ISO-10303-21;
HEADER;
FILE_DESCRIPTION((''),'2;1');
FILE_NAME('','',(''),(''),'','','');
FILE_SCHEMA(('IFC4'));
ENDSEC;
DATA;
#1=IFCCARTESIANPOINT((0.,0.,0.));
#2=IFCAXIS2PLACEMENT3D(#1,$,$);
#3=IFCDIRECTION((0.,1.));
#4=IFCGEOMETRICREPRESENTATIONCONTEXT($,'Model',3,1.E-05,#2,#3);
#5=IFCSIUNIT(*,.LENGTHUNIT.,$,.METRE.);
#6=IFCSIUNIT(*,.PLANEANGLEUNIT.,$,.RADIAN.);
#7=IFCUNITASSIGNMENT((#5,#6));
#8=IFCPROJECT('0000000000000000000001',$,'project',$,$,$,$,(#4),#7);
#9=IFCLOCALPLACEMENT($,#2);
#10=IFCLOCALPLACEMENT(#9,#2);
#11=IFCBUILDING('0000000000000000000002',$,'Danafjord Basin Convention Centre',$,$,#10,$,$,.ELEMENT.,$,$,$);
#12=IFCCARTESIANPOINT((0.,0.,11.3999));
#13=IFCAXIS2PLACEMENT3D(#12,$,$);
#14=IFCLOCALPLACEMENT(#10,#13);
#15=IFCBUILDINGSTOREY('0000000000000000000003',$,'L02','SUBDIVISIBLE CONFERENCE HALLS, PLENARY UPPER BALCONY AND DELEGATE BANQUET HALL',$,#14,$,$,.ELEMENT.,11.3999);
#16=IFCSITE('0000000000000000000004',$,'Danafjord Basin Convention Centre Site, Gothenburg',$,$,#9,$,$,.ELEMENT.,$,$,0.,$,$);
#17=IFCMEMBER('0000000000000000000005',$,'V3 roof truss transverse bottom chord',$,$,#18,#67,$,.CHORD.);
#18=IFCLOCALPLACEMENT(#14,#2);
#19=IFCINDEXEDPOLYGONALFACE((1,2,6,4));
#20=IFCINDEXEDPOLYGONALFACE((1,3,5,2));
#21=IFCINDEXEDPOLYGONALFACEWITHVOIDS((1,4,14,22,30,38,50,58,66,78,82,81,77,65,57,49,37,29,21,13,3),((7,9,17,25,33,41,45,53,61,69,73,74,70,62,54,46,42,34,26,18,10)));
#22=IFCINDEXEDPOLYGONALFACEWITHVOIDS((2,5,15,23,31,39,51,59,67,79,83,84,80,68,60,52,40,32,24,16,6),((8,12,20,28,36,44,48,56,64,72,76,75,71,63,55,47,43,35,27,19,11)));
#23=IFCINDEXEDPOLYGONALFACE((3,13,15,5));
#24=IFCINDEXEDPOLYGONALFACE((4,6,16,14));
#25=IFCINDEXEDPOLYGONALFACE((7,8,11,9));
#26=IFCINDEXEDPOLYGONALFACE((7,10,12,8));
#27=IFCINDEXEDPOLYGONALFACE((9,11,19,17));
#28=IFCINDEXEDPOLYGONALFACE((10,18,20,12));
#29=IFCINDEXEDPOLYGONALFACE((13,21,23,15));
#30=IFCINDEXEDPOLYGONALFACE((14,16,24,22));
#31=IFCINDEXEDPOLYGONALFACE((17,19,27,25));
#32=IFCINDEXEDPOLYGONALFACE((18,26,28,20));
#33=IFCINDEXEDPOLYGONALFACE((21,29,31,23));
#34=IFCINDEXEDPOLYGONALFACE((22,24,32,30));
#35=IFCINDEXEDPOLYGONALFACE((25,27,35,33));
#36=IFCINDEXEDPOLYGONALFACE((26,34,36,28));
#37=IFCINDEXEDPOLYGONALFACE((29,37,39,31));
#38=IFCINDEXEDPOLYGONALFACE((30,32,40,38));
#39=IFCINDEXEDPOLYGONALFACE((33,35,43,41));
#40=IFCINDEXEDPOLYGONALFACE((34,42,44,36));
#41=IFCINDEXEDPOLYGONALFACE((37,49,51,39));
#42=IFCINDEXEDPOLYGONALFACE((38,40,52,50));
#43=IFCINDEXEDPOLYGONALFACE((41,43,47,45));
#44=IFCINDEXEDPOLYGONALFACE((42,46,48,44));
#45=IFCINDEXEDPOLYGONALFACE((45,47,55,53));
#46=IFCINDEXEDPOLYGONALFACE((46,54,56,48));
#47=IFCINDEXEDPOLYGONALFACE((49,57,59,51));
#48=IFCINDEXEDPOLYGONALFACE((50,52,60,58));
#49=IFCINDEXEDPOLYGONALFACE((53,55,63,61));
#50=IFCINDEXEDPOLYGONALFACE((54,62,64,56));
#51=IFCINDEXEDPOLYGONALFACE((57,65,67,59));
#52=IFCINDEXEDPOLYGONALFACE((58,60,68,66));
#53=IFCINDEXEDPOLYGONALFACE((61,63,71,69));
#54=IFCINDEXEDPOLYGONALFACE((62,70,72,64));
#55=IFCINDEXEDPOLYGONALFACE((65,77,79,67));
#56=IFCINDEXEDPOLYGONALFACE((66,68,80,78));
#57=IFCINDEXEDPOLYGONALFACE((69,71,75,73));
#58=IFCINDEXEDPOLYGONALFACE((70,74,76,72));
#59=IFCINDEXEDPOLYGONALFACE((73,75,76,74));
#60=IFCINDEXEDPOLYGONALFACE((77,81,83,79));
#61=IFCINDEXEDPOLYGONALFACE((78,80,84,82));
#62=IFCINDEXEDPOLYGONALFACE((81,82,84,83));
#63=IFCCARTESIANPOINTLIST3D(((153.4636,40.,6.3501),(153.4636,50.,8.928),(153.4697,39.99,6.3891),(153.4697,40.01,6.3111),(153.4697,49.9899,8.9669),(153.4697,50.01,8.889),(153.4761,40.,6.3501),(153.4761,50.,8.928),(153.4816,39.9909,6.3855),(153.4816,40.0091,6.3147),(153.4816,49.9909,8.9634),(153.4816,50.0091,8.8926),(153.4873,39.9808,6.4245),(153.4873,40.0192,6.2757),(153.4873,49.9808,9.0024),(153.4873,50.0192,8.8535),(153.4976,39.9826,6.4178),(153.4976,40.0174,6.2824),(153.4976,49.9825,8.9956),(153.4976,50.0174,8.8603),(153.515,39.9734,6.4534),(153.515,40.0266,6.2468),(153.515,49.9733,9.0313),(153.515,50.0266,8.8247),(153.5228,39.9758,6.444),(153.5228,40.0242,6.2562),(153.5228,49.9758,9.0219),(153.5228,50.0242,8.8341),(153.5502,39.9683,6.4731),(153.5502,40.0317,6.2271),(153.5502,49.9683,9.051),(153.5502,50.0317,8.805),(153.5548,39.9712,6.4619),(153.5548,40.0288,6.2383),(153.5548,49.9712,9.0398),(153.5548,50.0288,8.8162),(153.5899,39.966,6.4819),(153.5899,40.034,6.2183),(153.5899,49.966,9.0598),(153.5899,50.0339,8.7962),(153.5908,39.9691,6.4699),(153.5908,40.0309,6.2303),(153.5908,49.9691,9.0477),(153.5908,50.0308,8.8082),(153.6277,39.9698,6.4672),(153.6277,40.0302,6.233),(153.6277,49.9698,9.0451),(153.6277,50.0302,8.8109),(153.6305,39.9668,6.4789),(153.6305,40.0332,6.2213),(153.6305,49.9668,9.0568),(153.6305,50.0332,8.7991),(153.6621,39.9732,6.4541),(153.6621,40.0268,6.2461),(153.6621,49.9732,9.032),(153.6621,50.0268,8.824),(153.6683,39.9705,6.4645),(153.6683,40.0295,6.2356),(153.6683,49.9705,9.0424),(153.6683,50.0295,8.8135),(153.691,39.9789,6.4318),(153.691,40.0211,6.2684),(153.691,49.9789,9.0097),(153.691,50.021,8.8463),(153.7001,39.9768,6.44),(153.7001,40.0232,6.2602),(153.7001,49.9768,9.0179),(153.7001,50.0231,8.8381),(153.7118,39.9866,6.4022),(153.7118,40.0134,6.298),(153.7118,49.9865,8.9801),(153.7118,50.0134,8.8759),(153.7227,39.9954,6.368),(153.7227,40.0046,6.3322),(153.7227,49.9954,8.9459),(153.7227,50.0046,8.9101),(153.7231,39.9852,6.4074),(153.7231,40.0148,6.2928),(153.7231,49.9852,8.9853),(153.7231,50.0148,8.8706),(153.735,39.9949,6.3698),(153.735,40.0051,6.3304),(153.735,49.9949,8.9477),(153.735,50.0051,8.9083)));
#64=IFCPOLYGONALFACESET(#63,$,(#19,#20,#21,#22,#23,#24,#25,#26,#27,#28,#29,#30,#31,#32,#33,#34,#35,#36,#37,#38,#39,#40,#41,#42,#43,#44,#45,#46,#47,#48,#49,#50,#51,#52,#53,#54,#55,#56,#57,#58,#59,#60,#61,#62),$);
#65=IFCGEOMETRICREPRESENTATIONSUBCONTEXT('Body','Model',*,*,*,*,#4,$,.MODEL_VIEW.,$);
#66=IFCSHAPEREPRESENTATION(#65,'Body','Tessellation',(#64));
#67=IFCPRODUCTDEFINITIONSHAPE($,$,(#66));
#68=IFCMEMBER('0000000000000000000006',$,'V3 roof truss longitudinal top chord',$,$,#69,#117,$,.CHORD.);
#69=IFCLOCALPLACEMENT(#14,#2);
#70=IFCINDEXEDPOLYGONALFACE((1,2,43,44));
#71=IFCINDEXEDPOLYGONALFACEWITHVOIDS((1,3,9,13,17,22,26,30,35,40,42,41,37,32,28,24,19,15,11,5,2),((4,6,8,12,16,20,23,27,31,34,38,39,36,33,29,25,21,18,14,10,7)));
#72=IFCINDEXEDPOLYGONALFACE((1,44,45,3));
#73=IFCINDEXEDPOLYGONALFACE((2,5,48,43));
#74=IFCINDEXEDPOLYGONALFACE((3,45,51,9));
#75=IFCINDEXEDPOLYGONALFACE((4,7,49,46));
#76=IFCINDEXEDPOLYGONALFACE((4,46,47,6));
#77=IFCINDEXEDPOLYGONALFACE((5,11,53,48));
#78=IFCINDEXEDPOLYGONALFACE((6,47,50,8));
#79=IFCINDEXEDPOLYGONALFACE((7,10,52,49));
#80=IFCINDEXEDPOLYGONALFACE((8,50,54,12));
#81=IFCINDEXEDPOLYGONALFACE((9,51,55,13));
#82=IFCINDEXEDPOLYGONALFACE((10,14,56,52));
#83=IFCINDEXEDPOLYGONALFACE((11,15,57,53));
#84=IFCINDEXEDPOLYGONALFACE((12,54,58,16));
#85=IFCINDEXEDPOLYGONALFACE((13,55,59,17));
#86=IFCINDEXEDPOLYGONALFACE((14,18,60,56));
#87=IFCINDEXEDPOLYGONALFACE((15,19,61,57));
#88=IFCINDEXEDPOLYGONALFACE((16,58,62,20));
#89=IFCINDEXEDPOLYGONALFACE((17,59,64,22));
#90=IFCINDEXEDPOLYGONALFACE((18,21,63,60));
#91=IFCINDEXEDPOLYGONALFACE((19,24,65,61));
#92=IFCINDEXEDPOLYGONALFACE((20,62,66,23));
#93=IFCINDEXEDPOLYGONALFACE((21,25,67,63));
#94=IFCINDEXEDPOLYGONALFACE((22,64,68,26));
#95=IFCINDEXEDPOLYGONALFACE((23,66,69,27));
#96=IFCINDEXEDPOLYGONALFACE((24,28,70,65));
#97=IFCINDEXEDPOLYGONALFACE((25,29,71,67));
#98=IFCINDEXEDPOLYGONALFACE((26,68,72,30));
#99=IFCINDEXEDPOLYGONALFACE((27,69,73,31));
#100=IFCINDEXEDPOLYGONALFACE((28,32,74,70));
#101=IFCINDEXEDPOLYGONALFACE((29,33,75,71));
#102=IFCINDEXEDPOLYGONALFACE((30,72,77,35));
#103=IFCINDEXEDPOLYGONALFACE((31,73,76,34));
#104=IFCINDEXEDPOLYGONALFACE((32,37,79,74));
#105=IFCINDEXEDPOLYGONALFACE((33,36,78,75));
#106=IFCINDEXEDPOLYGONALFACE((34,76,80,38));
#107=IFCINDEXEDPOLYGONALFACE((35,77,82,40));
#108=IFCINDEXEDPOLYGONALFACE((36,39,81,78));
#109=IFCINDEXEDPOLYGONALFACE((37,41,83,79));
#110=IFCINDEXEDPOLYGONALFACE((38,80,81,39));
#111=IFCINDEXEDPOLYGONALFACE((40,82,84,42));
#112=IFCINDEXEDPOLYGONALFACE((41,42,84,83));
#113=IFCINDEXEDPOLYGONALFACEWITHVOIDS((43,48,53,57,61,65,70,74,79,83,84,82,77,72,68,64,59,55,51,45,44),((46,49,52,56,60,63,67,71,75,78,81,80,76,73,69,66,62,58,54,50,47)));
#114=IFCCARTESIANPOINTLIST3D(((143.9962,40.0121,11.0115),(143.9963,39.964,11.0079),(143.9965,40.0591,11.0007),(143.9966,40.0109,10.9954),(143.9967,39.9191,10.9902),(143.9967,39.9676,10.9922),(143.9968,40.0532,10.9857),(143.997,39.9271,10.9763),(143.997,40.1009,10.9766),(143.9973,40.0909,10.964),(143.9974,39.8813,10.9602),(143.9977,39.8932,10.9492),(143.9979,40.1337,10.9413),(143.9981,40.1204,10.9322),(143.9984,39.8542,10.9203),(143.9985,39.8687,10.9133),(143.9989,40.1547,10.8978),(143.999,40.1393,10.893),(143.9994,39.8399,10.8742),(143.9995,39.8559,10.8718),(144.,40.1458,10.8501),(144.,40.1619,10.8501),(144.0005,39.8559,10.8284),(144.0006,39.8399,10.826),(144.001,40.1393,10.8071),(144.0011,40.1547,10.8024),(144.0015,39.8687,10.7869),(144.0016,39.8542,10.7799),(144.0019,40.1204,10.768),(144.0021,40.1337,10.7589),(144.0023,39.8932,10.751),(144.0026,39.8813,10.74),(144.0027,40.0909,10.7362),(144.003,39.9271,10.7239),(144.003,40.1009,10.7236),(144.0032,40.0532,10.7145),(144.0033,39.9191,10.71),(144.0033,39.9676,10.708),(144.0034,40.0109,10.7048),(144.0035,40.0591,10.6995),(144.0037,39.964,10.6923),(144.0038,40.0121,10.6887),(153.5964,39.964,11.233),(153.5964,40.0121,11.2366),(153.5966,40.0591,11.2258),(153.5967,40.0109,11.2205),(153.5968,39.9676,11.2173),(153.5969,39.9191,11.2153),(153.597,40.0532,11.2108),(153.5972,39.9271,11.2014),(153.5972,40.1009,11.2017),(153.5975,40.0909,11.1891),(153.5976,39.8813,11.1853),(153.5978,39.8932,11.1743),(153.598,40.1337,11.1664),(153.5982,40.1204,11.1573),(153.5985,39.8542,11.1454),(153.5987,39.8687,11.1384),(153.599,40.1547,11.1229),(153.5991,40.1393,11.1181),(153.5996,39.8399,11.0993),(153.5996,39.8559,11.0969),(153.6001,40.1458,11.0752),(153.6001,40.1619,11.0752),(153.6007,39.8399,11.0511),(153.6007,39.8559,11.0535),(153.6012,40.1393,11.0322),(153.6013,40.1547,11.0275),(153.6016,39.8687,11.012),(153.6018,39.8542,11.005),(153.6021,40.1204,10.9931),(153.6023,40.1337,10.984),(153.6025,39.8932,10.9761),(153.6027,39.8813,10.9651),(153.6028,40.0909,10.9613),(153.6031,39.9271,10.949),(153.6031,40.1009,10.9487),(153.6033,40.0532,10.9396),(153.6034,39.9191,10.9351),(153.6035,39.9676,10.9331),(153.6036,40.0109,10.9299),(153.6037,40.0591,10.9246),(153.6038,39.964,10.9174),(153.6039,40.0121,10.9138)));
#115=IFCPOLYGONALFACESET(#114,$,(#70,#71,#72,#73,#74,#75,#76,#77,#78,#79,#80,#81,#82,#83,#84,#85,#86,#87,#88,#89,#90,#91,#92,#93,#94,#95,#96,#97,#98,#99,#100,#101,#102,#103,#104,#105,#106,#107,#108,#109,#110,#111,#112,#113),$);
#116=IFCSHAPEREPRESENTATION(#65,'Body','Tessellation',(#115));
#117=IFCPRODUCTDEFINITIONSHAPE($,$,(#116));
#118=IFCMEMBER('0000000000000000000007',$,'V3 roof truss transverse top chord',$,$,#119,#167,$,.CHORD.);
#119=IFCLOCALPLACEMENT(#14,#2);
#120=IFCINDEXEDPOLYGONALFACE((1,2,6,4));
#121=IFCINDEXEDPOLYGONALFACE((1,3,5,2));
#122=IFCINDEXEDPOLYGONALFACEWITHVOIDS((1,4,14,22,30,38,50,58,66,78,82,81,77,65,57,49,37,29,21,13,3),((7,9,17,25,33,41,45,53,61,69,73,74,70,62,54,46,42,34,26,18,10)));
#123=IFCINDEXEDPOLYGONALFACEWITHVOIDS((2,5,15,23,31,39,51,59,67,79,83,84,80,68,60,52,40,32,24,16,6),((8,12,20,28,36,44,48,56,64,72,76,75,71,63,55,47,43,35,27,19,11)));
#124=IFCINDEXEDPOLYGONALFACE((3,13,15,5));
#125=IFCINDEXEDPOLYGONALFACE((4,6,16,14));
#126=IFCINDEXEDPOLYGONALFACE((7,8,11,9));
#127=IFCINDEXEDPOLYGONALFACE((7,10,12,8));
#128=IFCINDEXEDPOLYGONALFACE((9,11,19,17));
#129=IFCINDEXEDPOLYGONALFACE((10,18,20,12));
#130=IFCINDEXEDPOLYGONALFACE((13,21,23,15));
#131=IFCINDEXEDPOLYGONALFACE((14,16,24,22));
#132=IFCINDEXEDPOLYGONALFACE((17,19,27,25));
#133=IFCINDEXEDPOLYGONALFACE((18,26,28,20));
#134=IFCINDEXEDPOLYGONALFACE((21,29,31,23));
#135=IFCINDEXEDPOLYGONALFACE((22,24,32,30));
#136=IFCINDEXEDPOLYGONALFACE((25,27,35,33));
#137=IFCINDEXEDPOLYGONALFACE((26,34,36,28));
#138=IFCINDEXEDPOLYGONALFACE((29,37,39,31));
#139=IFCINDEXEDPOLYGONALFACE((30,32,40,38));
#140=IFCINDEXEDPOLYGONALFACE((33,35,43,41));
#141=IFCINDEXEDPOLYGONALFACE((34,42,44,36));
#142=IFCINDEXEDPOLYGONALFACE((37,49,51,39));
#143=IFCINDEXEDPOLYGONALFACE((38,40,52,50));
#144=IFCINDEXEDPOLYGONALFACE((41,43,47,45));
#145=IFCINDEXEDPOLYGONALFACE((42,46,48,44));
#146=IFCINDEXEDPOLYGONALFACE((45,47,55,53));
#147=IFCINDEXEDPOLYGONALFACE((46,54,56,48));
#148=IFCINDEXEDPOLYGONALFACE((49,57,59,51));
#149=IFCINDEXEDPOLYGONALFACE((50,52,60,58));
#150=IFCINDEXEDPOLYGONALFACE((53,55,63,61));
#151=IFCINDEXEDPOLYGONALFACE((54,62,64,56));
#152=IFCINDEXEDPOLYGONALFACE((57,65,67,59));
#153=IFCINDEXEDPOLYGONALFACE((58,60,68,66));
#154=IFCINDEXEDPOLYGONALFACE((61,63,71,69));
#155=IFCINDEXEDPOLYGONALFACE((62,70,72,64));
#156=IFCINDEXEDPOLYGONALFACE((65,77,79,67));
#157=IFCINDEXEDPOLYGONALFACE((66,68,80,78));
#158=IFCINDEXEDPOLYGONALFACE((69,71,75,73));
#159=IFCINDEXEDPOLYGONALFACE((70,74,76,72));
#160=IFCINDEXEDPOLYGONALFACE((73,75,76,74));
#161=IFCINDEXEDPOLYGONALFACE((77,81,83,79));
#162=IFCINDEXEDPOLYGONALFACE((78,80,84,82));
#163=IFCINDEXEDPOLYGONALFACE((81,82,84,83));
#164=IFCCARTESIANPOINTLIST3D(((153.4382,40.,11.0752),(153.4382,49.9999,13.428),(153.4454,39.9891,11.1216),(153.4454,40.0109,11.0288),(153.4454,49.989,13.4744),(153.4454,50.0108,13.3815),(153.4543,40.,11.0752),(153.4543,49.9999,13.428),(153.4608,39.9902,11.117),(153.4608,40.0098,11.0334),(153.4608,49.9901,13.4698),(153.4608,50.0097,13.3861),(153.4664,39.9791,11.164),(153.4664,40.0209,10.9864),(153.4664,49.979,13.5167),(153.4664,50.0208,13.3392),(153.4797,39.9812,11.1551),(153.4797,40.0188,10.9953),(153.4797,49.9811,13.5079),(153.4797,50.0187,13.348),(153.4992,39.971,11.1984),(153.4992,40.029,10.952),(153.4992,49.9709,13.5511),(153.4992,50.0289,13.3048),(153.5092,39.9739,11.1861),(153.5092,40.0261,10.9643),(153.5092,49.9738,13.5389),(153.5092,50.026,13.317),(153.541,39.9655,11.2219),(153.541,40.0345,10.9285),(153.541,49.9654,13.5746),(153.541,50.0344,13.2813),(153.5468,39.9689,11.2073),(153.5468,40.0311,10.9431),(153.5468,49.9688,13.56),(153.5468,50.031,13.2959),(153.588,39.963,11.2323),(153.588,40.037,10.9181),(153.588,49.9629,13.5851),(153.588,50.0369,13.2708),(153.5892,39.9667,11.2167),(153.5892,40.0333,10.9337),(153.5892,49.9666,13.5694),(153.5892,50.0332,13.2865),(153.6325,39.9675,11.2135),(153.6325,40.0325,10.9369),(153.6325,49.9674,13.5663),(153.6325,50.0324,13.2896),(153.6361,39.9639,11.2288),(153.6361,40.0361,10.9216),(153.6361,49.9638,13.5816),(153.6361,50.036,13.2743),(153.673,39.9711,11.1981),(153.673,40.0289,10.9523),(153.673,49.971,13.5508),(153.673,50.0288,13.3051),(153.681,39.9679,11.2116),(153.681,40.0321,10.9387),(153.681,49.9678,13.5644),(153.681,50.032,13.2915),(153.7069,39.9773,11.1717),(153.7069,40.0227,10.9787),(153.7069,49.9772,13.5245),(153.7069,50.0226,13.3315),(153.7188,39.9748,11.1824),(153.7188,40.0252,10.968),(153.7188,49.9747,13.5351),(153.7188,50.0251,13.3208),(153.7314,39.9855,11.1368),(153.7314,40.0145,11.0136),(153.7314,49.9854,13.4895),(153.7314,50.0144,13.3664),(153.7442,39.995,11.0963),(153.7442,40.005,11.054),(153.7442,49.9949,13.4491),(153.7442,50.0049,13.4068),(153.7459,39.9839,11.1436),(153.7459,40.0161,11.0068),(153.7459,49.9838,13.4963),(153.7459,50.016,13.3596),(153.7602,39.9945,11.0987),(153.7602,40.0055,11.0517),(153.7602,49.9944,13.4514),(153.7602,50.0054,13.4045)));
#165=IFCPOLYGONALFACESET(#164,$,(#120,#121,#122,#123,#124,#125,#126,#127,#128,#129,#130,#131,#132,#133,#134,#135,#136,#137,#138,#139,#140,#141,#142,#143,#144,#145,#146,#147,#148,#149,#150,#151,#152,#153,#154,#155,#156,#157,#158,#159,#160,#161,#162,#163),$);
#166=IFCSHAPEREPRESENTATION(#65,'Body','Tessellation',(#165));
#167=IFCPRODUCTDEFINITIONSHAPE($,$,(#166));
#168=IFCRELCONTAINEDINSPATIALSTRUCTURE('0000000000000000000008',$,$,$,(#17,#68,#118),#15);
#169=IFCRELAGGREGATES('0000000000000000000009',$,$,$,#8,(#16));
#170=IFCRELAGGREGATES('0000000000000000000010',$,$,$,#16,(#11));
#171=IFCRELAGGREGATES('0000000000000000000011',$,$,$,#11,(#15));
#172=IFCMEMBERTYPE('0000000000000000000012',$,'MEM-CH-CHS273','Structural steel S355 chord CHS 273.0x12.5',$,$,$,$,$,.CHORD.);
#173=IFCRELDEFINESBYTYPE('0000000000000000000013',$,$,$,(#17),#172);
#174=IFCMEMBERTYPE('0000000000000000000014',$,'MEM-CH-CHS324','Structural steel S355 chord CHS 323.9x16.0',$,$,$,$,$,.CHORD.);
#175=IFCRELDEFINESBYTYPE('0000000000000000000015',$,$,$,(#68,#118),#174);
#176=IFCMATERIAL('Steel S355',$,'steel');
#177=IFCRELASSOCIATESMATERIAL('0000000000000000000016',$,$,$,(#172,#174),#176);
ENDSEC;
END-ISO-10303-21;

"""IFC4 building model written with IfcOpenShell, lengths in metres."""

from ifc_helpers import new_model, si_unit, direction, frame, origin, origin_2d, place, context, subcontext, project, spatial, hollow_circle, extrude, material, material_profile, profile_set, type_object, element, save


model = new_model("IFC4")

# Units and contexts
model_context = context("Model", 3, precision=1e-05, world=origin(), true_north=direction((0.0, 1.0)))
body_context = subcontext(model_context, "Body", "Model", "MODEL_VIEW")
ifc_project = project(units=[si_unit("LENGTHUNIT", "METRE"), si_unit("PLANEANGLEUNIT", "RADIAN")], contexts=[model_context])

# Site, building, storey
site_placement = place(None, origin())
site = spatial("IfcSite", under=ifc_project, at=site_placement, Name="Danafjord Basin Convention Centre Site, Gothenburg", CompositionType="ELEMENT", RefElevation=0.0)
building_placement = place(site_placement, origin())
building = spatial("IfcBuilding", under=site, at=building_placement, Name="Danafjord Basin Convention Centre", CompositionType="ELEMENT")
storey_placement = place(building_placement, frame((0.0, 0.0, 11.3999)))
storey = spatial("IfcBuildingStorey", under=building, at=storey_placement, Name="L02", Description="SUBDIVISIBLE CONFERENCE HALLS, PLENARY UPPER BALCONY AND DELEGATE BANQUET HALL", CompositionType="ELEMENT", Elevation=11.3999)

# Shared definitions
ifc_material_1 = material(Name="Steel S355", Category="steel")

# Members
ifc_material_profile_1 = material_profile(ifc_material_1, hollow_circle(Radius=0.1365, WallThickness=0.0125, at=origin_2d()), Name="CHS 273.0x12.5")
ifc_profile_set_1 = profile_set([ifc_material_profile_1], Name="Steel S355")
member_type_1 = type_object("IfcMemberType", Name="MEM-CH-CHS273", Description="Structural steel S355 chord CHS 273.0x12.5", PredefinedType="CHORD", material=ifc_profile_set_1)
member_1_placement = place(storey_placement, frame((153.6001, 40.0, 6.3501), z_axis=(0.0, 0.968342, 0.249627), x_axis=(-1.0, 0.0, 0.0)))
element("IfcMember", 1, at=member_1_placement, inside=storey, type_object=member_type_1, Name="V3 roof truss transverse bottom chord", PredefinedType="CHORD", context=body_context, shape_type="SweptSolid", body=[
    extrude(hollow_circle(Radius=0.1365, WallThickness=0.0125, at=origin_2d()), origin(), (0.0, 0.0, 1.0), 10.3269),
])
ifc_material_profile_2 = material_profile(ifc_material_1, hollow_circle(Radius=0.1619, WallThickness=0.0161, at=origin_2d()), Name="CHS 323.9x16.0")
ifc_profile_set_2 = profile_set([ifc_material_profile_2], Name="Steel S355")
member_type_2 = type_object("IfcMemberType", Name="MEM-CH-CHS324", Description="Structural steel S355 chord CHS 323.9x16.0", PredefinedType="CHORD", material=ifc_profile_set_2)
member_2_placement = place(storey_placement, frame((144.0, 40.0, 10.8501), z_axis=(0.999725, 0.0, 0.023441), x_axis=(0.0, 1.0, 0.0)))
element("IfcMember", 2, at=member_2_placement, inside=storey, type_object=member_type_2, Name="V3 roof truss longitudinal top chord", PredefinedType="CHORD", context=body_context, shape_type="SweptSolid", body=[
    extrude(hollow_circle(Radius=0.1619, WallThickness=0.0161, at=origin_2d()), origin(), (0.0, 0.0, 1.0), 9.6028),
])
member_3_placement = place(storey_placement, frame((153.6001, 40.0, 11.0752), z_axis=(0.0, 0.973421, 0.229025), x_axis=(-1.0, 0.0, 0.0)))
element("IfcMember", 3, at=member_3_placement, inside=storey, type_object=member_type_2, Name="V3 roof truss transverse top chord", PredefinedType="CHORD", context=body_context, shape_type="SweptSolid", body=[
    extrude(hollow_circle(Radius=0.1619, WallThickness=0.0161, at=origin_2d()), origin(), (0.0, 0.0, 1.0), 10.2729),
])

save(model, "model.ifc")
